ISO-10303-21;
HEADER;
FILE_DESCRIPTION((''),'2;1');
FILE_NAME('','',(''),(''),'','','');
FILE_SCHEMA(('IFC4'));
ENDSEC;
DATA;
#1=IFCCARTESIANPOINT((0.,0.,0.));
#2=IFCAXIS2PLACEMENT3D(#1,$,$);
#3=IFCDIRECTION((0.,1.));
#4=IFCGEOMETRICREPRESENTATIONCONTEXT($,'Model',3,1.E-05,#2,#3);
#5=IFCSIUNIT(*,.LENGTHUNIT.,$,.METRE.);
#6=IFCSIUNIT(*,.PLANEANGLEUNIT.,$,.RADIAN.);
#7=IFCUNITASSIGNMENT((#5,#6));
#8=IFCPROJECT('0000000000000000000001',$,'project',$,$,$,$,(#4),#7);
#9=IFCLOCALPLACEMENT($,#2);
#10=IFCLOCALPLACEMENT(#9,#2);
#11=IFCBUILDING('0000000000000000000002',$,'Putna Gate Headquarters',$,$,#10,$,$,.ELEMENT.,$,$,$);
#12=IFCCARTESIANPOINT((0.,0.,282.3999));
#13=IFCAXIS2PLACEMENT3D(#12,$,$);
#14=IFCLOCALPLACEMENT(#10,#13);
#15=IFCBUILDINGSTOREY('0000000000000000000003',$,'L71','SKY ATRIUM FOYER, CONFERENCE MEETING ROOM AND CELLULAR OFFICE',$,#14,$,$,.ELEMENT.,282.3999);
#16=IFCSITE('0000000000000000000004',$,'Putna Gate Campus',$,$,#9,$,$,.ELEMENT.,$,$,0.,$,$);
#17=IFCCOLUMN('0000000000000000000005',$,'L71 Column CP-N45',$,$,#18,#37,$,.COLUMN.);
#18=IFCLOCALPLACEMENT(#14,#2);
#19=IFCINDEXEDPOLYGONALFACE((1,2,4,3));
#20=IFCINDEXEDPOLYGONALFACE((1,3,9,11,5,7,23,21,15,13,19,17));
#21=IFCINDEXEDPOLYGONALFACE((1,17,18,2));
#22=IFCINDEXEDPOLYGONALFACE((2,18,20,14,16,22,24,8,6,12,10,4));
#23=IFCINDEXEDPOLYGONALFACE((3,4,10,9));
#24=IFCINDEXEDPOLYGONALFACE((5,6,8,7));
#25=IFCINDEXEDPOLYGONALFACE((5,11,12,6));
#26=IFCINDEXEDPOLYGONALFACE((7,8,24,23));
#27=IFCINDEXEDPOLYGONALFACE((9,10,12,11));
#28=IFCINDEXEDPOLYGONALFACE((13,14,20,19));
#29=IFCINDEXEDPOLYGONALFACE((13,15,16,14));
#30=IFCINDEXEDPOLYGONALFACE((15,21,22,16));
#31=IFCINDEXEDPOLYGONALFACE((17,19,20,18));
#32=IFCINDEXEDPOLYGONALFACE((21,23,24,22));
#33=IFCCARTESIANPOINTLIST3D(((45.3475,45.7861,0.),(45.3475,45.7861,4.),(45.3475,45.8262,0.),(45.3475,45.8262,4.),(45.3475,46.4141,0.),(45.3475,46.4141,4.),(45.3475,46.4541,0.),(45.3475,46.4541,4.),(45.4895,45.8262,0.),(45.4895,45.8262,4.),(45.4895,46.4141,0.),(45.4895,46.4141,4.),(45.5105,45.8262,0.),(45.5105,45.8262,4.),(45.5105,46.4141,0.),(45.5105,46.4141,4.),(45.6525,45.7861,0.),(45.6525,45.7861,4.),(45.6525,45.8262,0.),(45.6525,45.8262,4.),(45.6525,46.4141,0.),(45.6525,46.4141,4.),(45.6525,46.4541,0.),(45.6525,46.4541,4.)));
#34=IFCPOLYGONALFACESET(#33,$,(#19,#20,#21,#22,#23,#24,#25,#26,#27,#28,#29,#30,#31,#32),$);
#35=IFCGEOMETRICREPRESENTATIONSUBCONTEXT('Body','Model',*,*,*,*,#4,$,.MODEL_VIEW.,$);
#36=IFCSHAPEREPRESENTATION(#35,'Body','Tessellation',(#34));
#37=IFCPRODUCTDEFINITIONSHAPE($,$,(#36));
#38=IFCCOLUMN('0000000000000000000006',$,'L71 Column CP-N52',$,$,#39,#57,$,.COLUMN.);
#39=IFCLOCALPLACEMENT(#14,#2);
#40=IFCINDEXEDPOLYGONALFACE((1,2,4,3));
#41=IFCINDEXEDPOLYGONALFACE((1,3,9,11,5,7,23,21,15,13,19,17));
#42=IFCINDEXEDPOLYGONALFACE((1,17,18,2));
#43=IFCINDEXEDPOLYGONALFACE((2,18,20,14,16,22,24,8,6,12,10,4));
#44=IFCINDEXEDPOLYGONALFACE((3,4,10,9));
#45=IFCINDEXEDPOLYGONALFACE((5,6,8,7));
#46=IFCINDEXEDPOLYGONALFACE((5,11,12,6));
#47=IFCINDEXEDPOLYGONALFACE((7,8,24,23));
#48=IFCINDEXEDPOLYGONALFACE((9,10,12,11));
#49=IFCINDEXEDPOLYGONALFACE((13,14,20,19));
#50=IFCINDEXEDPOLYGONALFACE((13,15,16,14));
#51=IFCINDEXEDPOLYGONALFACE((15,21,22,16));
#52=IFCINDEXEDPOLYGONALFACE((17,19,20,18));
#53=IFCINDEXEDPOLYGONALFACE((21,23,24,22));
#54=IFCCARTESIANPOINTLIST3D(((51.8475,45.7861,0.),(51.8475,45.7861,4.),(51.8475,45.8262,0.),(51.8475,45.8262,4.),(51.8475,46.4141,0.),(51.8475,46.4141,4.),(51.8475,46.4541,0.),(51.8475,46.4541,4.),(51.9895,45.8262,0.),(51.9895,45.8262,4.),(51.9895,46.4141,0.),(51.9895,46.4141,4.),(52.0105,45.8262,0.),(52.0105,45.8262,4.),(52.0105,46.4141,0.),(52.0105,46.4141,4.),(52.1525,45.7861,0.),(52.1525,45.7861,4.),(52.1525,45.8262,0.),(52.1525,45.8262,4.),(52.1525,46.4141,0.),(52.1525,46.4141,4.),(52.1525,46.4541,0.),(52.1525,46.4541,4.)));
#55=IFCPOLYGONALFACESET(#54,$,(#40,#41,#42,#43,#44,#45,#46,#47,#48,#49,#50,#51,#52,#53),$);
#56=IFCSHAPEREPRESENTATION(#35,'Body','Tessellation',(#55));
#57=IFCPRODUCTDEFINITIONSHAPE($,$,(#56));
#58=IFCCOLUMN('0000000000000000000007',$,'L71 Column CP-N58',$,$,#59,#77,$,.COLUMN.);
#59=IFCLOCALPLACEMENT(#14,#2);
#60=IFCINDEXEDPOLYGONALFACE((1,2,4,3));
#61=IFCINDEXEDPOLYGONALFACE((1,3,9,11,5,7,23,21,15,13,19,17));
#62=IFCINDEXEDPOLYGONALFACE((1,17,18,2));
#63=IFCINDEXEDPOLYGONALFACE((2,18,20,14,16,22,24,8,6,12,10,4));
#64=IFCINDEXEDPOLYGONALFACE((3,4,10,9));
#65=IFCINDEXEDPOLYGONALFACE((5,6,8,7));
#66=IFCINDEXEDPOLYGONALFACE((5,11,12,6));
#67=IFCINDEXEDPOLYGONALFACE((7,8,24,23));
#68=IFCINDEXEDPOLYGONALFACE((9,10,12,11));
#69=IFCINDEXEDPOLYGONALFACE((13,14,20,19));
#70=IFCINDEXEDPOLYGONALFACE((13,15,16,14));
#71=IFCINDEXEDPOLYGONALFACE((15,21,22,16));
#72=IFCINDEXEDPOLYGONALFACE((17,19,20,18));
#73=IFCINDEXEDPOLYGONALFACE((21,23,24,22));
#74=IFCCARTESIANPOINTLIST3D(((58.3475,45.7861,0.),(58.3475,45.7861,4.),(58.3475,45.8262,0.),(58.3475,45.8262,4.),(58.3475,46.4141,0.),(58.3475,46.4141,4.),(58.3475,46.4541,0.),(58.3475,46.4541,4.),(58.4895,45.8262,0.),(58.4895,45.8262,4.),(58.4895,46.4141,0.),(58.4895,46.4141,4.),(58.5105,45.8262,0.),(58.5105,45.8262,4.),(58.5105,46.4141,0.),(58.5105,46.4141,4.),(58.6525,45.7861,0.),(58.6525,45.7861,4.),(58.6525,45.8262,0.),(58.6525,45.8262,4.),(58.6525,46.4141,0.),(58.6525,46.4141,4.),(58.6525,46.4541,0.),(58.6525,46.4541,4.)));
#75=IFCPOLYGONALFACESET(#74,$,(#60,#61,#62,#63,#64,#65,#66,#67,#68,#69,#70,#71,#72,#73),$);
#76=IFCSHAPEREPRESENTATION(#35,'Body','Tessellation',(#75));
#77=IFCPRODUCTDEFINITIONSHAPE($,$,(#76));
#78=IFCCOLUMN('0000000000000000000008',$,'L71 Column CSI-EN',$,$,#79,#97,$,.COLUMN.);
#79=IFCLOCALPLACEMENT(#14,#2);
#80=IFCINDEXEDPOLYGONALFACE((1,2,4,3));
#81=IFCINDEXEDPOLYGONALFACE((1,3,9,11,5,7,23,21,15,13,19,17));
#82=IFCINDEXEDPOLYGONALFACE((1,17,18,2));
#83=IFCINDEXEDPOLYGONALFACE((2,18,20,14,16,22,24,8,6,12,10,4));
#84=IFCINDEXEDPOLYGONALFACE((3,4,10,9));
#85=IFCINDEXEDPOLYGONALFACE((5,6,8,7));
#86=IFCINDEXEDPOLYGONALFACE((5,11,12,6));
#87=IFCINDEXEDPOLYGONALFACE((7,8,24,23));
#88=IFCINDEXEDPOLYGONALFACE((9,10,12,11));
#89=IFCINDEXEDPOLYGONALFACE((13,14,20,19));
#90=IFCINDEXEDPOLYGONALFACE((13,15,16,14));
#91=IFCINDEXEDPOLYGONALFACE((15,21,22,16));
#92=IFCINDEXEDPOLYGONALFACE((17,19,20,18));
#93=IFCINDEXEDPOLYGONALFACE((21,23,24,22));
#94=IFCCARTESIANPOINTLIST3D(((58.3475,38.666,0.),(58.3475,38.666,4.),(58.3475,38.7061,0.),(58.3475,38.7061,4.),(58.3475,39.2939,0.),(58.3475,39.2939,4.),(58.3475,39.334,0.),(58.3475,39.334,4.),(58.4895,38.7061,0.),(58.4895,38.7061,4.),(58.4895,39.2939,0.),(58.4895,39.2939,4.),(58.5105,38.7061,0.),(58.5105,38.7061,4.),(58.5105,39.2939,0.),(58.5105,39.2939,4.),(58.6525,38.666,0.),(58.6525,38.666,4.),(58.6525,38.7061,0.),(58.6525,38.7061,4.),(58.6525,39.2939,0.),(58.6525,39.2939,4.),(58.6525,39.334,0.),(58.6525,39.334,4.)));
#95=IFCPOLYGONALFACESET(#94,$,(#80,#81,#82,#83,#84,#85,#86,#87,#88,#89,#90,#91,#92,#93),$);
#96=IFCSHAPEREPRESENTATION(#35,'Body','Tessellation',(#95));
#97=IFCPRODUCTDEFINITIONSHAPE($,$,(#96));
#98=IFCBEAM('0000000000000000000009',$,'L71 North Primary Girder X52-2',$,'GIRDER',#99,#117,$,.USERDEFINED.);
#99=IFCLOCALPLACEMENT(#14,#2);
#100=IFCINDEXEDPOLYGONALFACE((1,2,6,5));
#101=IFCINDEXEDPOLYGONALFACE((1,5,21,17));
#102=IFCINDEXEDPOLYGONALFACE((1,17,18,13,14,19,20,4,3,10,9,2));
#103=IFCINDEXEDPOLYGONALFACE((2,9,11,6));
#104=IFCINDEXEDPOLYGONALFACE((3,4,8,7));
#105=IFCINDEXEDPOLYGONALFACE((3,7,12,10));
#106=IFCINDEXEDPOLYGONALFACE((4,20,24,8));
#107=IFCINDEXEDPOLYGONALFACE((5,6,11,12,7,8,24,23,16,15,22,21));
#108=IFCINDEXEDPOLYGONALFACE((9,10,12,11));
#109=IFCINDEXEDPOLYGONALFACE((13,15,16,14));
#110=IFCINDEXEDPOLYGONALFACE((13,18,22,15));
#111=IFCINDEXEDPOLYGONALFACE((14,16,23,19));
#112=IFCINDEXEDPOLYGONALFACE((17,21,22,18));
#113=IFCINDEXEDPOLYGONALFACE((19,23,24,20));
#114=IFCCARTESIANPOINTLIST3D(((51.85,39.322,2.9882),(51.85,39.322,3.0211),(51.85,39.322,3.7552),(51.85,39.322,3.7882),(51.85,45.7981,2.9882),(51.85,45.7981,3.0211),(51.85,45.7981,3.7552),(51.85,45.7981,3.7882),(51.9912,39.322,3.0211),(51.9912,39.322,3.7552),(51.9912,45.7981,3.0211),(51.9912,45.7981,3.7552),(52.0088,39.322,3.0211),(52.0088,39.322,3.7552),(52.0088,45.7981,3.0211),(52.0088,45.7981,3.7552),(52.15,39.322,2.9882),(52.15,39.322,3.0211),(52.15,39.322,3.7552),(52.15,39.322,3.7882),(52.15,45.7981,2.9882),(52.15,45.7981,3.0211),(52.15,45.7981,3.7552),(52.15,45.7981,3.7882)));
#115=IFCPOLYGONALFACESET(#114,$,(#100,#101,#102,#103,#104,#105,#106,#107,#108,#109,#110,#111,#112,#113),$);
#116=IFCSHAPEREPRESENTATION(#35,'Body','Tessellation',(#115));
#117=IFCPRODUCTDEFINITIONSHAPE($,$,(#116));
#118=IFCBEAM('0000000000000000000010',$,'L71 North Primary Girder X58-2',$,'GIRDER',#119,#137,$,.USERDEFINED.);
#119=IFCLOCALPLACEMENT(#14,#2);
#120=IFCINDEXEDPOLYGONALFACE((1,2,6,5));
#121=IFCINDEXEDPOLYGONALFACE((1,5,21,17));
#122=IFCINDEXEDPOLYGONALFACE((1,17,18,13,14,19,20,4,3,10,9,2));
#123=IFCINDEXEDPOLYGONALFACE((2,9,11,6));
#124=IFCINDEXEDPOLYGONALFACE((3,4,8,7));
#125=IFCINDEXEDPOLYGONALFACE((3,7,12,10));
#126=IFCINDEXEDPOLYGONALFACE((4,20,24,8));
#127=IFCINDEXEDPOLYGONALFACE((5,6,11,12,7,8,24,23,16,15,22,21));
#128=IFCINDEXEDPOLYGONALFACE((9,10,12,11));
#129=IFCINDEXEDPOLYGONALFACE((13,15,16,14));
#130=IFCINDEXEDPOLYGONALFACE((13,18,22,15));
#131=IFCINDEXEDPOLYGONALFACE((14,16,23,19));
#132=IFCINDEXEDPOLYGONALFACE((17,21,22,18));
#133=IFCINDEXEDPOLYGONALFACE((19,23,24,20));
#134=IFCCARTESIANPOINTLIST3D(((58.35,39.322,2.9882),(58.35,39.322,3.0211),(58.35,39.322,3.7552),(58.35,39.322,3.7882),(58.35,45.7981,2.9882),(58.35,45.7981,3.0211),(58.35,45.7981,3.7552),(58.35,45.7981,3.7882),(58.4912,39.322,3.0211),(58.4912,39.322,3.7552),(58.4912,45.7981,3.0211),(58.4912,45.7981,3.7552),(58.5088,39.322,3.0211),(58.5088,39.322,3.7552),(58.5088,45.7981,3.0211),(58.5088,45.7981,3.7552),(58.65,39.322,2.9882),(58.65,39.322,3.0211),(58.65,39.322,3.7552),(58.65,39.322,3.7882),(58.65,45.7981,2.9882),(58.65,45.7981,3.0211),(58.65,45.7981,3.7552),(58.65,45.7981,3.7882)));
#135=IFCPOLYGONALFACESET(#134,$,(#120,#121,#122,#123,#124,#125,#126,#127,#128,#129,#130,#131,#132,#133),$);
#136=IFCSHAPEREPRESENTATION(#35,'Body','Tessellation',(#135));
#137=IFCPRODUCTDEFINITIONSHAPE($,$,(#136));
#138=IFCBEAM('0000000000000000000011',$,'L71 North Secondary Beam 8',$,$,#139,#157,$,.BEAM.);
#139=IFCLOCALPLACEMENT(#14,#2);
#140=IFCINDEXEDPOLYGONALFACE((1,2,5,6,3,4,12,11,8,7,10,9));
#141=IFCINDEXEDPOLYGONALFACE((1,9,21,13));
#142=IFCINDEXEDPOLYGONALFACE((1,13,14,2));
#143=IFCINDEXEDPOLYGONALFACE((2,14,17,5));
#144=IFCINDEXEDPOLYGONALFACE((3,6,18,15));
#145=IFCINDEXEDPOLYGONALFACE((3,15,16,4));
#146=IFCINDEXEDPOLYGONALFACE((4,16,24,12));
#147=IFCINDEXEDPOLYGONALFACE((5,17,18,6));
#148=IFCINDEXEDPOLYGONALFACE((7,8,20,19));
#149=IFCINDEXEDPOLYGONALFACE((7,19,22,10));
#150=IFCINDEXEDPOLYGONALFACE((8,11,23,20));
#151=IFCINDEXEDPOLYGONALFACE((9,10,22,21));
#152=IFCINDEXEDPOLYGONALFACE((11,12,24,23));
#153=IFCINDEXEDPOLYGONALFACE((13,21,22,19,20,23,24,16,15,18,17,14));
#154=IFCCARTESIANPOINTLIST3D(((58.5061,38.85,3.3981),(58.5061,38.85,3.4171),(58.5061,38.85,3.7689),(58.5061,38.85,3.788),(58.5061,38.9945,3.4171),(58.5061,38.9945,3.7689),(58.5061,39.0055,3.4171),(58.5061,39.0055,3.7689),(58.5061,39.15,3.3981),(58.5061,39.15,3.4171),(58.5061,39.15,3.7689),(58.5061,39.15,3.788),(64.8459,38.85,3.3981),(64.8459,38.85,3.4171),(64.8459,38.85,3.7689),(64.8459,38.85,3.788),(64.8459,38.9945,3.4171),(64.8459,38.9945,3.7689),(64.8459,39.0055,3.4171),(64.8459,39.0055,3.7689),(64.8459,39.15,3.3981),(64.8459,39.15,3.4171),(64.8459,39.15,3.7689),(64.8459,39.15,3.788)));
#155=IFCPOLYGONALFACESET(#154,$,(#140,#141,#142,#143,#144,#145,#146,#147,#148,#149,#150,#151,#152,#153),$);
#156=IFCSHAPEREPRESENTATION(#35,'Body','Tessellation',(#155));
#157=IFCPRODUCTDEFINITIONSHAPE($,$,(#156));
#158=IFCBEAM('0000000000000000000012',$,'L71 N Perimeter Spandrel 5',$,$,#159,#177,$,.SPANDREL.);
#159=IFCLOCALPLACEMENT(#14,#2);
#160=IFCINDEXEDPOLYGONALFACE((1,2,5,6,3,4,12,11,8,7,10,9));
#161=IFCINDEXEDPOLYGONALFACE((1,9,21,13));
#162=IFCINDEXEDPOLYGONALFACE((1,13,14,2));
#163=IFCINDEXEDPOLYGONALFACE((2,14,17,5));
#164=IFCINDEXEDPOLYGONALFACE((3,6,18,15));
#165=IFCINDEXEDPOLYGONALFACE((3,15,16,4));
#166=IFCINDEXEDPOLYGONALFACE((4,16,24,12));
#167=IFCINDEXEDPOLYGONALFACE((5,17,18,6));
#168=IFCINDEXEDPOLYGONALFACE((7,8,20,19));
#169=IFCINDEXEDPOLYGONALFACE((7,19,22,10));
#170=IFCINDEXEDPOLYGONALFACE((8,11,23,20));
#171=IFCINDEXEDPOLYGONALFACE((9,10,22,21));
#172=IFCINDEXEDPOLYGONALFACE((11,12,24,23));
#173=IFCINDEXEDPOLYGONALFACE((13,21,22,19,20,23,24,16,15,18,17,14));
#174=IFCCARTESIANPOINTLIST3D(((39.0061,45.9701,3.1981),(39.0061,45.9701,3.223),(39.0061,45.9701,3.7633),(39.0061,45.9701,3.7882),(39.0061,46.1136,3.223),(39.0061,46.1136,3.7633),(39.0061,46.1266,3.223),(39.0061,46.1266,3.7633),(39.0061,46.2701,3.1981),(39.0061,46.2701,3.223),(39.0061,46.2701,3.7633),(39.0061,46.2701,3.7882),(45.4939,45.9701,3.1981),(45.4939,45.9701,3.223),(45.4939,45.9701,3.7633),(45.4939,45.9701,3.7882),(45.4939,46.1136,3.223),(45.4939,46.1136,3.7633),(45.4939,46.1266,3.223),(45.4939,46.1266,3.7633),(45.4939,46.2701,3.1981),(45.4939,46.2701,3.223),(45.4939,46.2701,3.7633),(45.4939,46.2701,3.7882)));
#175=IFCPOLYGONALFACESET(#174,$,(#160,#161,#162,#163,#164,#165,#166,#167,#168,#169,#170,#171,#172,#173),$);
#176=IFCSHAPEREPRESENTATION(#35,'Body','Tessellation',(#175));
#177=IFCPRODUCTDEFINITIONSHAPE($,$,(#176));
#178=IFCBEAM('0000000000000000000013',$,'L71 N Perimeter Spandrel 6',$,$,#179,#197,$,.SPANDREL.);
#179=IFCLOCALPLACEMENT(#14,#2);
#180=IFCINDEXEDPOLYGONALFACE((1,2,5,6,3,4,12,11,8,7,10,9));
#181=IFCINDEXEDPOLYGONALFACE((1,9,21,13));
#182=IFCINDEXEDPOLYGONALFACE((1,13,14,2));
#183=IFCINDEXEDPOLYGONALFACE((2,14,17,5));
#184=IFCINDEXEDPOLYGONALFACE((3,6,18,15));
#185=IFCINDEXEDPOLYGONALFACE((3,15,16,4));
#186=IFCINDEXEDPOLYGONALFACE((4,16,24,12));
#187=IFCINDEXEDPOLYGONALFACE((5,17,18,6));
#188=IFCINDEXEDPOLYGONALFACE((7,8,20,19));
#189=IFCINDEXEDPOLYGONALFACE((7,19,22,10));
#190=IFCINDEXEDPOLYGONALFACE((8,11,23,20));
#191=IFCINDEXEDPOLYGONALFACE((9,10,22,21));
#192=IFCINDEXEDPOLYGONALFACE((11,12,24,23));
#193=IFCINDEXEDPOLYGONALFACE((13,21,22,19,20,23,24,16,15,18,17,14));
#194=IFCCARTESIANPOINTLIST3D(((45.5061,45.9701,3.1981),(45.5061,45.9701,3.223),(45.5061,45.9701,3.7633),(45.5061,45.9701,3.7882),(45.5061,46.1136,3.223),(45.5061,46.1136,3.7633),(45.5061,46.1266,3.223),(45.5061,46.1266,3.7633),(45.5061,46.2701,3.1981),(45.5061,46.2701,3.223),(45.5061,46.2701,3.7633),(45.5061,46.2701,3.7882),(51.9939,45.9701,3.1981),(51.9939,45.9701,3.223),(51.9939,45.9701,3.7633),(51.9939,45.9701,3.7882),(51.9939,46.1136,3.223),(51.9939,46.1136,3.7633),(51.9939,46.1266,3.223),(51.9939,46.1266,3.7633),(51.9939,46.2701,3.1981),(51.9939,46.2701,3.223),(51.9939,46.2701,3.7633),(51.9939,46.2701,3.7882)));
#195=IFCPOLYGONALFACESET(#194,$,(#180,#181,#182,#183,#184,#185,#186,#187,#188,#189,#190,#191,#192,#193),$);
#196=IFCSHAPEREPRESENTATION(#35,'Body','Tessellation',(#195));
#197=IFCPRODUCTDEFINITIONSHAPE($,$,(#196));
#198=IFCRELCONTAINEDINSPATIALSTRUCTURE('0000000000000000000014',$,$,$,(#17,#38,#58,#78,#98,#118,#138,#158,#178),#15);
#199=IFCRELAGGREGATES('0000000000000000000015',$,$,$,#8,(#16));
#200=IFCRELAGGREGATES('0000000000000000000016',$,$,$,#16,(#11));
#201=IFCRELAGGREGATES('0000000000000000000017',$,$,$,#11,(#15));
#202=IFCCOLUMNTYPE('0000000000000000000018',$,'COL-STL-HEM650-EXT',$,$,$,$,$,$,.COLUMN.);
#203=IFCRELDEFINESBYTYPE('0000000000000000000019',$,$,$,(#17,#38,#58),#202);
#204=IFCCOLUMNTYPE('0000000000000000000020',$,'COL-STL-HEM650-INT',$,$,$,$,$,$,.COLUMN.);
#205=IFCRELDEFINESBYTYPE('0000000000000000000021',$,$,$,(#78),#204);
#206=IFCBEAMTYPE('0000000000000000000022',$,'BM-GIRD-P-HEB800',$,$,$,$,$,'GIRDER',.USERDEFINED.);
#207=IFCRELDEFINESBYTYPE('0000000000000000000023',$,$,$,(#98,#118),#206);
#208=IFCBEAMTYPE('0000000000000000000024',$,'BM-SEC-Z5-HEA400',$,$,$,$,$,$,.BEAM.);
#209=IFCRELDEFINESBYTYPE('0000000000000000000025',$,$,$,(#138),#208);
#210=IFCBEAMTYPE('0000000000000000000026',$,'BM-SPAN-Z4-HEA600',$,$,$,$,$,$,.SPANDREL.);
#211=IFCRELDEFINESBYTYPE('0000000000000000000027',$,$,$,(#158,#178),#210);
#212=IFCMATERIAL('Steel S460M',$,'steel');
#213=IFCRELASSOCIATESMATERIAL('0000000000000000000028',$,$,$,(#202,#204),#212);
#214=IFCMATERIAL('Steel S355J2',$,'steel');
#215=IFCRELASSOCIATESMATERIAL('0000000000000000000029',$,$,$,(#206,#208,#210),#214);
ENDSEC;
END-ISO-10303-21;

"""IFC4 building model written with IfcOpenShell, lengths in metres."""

from ifc_helpers import new_model, si_unit, direction, frame, origin, origin_2d, place, context, subcontext, project, spatial, i_section, extrude, material, material_profile, profile_set, type_object, element, save


model = new_model("IFC4")

# Units and contexts
model_context = context("Model", 3, precision=1e-05, world=origin(), true_north=direction((0.0, 1.0)))
body_context = subcontext(model_context, "Body", "Model", "MODEL_VIEW")
ifc_project = project(units=[si_unit("LENGTHUNIT", "METRE"), si_unit("PLANEANGLEUNIT", "RADIAN")], contexts=[model_context])

# Site, building, storey
site_placement = place(None, origin())
site = spatial("IfcSite", under=ifc_project, at=site_placement, Name="Putna Gate Campus", CompositionType="ELEMENT", RefElevation=0.0)
building_placement = place(site_placement, origin())
building = spatial("IfcBuilding", under=site, at=building_placement, Name="Putna Gate Headquarters", CompositionType="ELEMENT")
storey_placement = place(building_placement, frame((0.0, 0.0, 282.3999)))
storey = spatial("IfcBuildingStorey", under=building, at=storey_placement, Name="L71", Description="SKY ATRIUM FOYER, CONFERENCE MEETING ROOM AND CELLULAR OFFICE", CompositionType="ELEMENT", Elevation=282.3999)

# Columns
ifc_material_1 = material(Name="Steel S460M", Category="steel")
ifc_material_profile_1 = material_profile(ifc_material_1, i_section(OverallWidth=0.3049, OverallDepth=0.668, WebThickness=0.021, FlangeThickness=0.04, at=origin_2d()), Name="Steel S460M")
ifc_profile_set_1 = profile_set([ifc_material_profile_1], Name="Steel S460M")
column_type_1 = type_object("IfcColumnType", Name="COL-STL-HEM650-EXT", PredefinedType="COLUMN", material=ifc_profile_set_1)
for number, where, z_axis, x_axis, name in (
    (1, (45.5, 46.1201, 0.0), (0.0, 0.0, 1.0), (1.0, 0.0, 0.0), "L71 Column CP-N45"),
    (2, (52.0, 46.1201, 0.0), (0.0, 0.0, 1.0), (1.0, 0.0, 0.0), "L71 Column CP-N52"),
    (3, (58.5, 46.1201, 0.0), (0.0, 0.0, 1.0), (1.0, 0.0, 0.0), "L71 Column CP-N58"),
):
    element("IfcColumn", number, at=place(storey_placement, frame(where, z_axis=z_axis, x_axis=x_axis)), inside=storey, type_object=column_type_1, Name=name, PredefinedType="COLUMN", context=body_context, shape_type="SweptSolid", body=[
        extrude(i_section(OverallWidth=0.3049, OverallDepth=0.668, WebThickness=0.021, FlangeThickness=0.04, at=origin_2d()), origin(), (0.0, 0.0, 1.0), 4.0),
    ])
ifc_material_profile_2 = material_profile(ifc_material_1, i_section(OverallWidth=0.3049, OverallDepth=0.668, WebThickness=0.021, FlangeThickness=0.04, at=origin_2d()), Name="Steel S460M")
ifc_profile_set_2 = profile_set([ifc_material_profile_2], Name="Steel S460M")
column_type_2 = type_object("IfcColumnType", Name="COL-STL-HEM650-INT", PredefinedType="COLUMN", material=ifc_profile_set_2)
column_placement = place(storey_placement, frame((58.5, 39.0, 0.0), z_axis=(0.0, 0.0, 1.0), x_axis=(1.0, 0.0, 0.0)))
element("IfcColumn", 4, at=column_placement, inside=storey, type_object=column_type_2, Name="L71 Column CSI-EN", PredefinedType="COLUMN", context=body_context, shape_type="SweptSolid", body=[
    extrude(i_section(OverallWidth=0.3049, OverallDepth=0.668, WebThickness=0.021, FlangeThickness=0.04, at=origin_2d()), origin(), (0.0, 0.0, 1.0), 4.0),
])

# Beams
ifc_material_2 = material(Name="Steel S355J2", Category="steel")
ifc_material_profile_3 = material_profile(ifc_material_2, i_section(OverallWidth=0.3, OverallDepth=0.8, WebThickness=0.0176, FlangeThickness=0.033, at=origin_2d()), Name="Steel S355J2")
ifc_profile_set_3 = profile_set([ifc_material_profile_3], Name="Steel S355J2")
beam_type_1 = type_object("IfcBeamType", Name="BM-GIRD-P-HEB800", ElementType="GIRDER", PredefinedType="USERDEFINED", material=ifc_profile_set_3)
for number, where, z_axis, x_axis, name in (
    (5, (52.0, 39.322, 3.3882), (0.0, 1.0, 0.0), (-1.0, 0.0, 0.0), "L71 North Primary Girder X52-2"),
    (6, (58.5, 39.322, 3.3882), (0.0, 1.0, 0.0), (-1.0, 0.0, 0.0), "L71 North Primary Girder X58-2"),
):
    element("IfcBeam", number, at=place(storey_placement, frame(where, z_axis=z_axis, x_axis=x_axis)), inside=storey, type_object=beam_type_1, Name=name, ObjectType="GIRDER", PredefinedType="USERDEFINED", context=body_context, shape_type="SweptSolid", body=[
        extrude(i_section(OverallWidth=0.3, OverallDepth=0.8, WebThickness=0.0176, FlangeThickness=0.033, at=origin_2d()), origin(), (0.0, 0.0, 1.0), 6.4761),
    ])
ifc_material_profile_4 = material_profile(ifc_material_2, i_section(OverallWidth=0.3, OverallDepth=0.3899, WebThickness=0.011, FlangeThickness=0.019, at=origin_2d()), Name="Steel S355J2")
ifc_profile_set_4 = profile_set([ifc_material_profile_4], Name="Steel S355J2")
beam_type_2 = type_object("IfcBeamType", Name="BM-SEC-Z5-HEA400", PredefinedType="BEAM", material=ifc_profile_set_4)
beam_placement = place(storey_placement, frame((58.5061, 39.0, 3.593), z_axis=(1.0, 0.0, 0.0), x_axis=(0.0, 1.0, 0.0)))
element("IfcBeam", 7, at=beam_placement, inside=storey, type_object=beam_type_2, Name="L71 North Secondary Beam 8", PredefinedType="BEAM", context=body_context, shape_type="SweptSolid", body=[
    extrude(i_section(OverallWidth=0.3, OverallDepth=0.3899, WebThickness=0.011, FlangeThickness=0.019, at=origin_2d()), origin(), (0.0, 0.0, 1.0), 6.3398),
])
ifc_material_profile_5 = material_profile(ifc_material_2, i_section(OverallWidth=0.3, OverallDepth=0.5901, WebThickness=0.0129, FlangeThickness=0.0249, at=origin_2d()), Name="Steel S355J2")
ifc_profile_set_5 = profile_set([ifc_material_profile_5], Name="Steel S355J2")
beam_type_3 = type_object("IfcBeamType", Name="BM-SPAN-Z4-HEA600", PredefinedType="SPANDREL", material=ifc_profile_set_5)
for number, where, z_axis, x_axis, name in (
    (8, (39.0061, 46.1201, 3.4932), (1.0, 0.0, 0.0), (0.0, 1.0, 0.0), "L71 N Perimeter Spandrel 5"),
    (9, (45.5061, 46.1201, 3.4932), (1.0, 0.0, 0.0), (0.0, 1.0, 0.0), "L71 N Perimeter Spandrel 6"),
):
    element("IfcBeam", number, at=place(storey_placement, frame(where, z_axis=z_axis, x_axis=x_axis)), inside=storey, type_object=beam_type_3, Name=name, PredefinedType="SPANDREL", context=body_context, shape_type="SweptSolid", body=[
        extrude(i_section(OverallWidth=0.3, OverallDepth=0.5901, WebThickness=0.0129, FlangeThickness=0.0249, at=origin_2d()), origin(), (0.0, 0.0, 1.0), 6.4878),
    ])

save(model, "model.ifc")
